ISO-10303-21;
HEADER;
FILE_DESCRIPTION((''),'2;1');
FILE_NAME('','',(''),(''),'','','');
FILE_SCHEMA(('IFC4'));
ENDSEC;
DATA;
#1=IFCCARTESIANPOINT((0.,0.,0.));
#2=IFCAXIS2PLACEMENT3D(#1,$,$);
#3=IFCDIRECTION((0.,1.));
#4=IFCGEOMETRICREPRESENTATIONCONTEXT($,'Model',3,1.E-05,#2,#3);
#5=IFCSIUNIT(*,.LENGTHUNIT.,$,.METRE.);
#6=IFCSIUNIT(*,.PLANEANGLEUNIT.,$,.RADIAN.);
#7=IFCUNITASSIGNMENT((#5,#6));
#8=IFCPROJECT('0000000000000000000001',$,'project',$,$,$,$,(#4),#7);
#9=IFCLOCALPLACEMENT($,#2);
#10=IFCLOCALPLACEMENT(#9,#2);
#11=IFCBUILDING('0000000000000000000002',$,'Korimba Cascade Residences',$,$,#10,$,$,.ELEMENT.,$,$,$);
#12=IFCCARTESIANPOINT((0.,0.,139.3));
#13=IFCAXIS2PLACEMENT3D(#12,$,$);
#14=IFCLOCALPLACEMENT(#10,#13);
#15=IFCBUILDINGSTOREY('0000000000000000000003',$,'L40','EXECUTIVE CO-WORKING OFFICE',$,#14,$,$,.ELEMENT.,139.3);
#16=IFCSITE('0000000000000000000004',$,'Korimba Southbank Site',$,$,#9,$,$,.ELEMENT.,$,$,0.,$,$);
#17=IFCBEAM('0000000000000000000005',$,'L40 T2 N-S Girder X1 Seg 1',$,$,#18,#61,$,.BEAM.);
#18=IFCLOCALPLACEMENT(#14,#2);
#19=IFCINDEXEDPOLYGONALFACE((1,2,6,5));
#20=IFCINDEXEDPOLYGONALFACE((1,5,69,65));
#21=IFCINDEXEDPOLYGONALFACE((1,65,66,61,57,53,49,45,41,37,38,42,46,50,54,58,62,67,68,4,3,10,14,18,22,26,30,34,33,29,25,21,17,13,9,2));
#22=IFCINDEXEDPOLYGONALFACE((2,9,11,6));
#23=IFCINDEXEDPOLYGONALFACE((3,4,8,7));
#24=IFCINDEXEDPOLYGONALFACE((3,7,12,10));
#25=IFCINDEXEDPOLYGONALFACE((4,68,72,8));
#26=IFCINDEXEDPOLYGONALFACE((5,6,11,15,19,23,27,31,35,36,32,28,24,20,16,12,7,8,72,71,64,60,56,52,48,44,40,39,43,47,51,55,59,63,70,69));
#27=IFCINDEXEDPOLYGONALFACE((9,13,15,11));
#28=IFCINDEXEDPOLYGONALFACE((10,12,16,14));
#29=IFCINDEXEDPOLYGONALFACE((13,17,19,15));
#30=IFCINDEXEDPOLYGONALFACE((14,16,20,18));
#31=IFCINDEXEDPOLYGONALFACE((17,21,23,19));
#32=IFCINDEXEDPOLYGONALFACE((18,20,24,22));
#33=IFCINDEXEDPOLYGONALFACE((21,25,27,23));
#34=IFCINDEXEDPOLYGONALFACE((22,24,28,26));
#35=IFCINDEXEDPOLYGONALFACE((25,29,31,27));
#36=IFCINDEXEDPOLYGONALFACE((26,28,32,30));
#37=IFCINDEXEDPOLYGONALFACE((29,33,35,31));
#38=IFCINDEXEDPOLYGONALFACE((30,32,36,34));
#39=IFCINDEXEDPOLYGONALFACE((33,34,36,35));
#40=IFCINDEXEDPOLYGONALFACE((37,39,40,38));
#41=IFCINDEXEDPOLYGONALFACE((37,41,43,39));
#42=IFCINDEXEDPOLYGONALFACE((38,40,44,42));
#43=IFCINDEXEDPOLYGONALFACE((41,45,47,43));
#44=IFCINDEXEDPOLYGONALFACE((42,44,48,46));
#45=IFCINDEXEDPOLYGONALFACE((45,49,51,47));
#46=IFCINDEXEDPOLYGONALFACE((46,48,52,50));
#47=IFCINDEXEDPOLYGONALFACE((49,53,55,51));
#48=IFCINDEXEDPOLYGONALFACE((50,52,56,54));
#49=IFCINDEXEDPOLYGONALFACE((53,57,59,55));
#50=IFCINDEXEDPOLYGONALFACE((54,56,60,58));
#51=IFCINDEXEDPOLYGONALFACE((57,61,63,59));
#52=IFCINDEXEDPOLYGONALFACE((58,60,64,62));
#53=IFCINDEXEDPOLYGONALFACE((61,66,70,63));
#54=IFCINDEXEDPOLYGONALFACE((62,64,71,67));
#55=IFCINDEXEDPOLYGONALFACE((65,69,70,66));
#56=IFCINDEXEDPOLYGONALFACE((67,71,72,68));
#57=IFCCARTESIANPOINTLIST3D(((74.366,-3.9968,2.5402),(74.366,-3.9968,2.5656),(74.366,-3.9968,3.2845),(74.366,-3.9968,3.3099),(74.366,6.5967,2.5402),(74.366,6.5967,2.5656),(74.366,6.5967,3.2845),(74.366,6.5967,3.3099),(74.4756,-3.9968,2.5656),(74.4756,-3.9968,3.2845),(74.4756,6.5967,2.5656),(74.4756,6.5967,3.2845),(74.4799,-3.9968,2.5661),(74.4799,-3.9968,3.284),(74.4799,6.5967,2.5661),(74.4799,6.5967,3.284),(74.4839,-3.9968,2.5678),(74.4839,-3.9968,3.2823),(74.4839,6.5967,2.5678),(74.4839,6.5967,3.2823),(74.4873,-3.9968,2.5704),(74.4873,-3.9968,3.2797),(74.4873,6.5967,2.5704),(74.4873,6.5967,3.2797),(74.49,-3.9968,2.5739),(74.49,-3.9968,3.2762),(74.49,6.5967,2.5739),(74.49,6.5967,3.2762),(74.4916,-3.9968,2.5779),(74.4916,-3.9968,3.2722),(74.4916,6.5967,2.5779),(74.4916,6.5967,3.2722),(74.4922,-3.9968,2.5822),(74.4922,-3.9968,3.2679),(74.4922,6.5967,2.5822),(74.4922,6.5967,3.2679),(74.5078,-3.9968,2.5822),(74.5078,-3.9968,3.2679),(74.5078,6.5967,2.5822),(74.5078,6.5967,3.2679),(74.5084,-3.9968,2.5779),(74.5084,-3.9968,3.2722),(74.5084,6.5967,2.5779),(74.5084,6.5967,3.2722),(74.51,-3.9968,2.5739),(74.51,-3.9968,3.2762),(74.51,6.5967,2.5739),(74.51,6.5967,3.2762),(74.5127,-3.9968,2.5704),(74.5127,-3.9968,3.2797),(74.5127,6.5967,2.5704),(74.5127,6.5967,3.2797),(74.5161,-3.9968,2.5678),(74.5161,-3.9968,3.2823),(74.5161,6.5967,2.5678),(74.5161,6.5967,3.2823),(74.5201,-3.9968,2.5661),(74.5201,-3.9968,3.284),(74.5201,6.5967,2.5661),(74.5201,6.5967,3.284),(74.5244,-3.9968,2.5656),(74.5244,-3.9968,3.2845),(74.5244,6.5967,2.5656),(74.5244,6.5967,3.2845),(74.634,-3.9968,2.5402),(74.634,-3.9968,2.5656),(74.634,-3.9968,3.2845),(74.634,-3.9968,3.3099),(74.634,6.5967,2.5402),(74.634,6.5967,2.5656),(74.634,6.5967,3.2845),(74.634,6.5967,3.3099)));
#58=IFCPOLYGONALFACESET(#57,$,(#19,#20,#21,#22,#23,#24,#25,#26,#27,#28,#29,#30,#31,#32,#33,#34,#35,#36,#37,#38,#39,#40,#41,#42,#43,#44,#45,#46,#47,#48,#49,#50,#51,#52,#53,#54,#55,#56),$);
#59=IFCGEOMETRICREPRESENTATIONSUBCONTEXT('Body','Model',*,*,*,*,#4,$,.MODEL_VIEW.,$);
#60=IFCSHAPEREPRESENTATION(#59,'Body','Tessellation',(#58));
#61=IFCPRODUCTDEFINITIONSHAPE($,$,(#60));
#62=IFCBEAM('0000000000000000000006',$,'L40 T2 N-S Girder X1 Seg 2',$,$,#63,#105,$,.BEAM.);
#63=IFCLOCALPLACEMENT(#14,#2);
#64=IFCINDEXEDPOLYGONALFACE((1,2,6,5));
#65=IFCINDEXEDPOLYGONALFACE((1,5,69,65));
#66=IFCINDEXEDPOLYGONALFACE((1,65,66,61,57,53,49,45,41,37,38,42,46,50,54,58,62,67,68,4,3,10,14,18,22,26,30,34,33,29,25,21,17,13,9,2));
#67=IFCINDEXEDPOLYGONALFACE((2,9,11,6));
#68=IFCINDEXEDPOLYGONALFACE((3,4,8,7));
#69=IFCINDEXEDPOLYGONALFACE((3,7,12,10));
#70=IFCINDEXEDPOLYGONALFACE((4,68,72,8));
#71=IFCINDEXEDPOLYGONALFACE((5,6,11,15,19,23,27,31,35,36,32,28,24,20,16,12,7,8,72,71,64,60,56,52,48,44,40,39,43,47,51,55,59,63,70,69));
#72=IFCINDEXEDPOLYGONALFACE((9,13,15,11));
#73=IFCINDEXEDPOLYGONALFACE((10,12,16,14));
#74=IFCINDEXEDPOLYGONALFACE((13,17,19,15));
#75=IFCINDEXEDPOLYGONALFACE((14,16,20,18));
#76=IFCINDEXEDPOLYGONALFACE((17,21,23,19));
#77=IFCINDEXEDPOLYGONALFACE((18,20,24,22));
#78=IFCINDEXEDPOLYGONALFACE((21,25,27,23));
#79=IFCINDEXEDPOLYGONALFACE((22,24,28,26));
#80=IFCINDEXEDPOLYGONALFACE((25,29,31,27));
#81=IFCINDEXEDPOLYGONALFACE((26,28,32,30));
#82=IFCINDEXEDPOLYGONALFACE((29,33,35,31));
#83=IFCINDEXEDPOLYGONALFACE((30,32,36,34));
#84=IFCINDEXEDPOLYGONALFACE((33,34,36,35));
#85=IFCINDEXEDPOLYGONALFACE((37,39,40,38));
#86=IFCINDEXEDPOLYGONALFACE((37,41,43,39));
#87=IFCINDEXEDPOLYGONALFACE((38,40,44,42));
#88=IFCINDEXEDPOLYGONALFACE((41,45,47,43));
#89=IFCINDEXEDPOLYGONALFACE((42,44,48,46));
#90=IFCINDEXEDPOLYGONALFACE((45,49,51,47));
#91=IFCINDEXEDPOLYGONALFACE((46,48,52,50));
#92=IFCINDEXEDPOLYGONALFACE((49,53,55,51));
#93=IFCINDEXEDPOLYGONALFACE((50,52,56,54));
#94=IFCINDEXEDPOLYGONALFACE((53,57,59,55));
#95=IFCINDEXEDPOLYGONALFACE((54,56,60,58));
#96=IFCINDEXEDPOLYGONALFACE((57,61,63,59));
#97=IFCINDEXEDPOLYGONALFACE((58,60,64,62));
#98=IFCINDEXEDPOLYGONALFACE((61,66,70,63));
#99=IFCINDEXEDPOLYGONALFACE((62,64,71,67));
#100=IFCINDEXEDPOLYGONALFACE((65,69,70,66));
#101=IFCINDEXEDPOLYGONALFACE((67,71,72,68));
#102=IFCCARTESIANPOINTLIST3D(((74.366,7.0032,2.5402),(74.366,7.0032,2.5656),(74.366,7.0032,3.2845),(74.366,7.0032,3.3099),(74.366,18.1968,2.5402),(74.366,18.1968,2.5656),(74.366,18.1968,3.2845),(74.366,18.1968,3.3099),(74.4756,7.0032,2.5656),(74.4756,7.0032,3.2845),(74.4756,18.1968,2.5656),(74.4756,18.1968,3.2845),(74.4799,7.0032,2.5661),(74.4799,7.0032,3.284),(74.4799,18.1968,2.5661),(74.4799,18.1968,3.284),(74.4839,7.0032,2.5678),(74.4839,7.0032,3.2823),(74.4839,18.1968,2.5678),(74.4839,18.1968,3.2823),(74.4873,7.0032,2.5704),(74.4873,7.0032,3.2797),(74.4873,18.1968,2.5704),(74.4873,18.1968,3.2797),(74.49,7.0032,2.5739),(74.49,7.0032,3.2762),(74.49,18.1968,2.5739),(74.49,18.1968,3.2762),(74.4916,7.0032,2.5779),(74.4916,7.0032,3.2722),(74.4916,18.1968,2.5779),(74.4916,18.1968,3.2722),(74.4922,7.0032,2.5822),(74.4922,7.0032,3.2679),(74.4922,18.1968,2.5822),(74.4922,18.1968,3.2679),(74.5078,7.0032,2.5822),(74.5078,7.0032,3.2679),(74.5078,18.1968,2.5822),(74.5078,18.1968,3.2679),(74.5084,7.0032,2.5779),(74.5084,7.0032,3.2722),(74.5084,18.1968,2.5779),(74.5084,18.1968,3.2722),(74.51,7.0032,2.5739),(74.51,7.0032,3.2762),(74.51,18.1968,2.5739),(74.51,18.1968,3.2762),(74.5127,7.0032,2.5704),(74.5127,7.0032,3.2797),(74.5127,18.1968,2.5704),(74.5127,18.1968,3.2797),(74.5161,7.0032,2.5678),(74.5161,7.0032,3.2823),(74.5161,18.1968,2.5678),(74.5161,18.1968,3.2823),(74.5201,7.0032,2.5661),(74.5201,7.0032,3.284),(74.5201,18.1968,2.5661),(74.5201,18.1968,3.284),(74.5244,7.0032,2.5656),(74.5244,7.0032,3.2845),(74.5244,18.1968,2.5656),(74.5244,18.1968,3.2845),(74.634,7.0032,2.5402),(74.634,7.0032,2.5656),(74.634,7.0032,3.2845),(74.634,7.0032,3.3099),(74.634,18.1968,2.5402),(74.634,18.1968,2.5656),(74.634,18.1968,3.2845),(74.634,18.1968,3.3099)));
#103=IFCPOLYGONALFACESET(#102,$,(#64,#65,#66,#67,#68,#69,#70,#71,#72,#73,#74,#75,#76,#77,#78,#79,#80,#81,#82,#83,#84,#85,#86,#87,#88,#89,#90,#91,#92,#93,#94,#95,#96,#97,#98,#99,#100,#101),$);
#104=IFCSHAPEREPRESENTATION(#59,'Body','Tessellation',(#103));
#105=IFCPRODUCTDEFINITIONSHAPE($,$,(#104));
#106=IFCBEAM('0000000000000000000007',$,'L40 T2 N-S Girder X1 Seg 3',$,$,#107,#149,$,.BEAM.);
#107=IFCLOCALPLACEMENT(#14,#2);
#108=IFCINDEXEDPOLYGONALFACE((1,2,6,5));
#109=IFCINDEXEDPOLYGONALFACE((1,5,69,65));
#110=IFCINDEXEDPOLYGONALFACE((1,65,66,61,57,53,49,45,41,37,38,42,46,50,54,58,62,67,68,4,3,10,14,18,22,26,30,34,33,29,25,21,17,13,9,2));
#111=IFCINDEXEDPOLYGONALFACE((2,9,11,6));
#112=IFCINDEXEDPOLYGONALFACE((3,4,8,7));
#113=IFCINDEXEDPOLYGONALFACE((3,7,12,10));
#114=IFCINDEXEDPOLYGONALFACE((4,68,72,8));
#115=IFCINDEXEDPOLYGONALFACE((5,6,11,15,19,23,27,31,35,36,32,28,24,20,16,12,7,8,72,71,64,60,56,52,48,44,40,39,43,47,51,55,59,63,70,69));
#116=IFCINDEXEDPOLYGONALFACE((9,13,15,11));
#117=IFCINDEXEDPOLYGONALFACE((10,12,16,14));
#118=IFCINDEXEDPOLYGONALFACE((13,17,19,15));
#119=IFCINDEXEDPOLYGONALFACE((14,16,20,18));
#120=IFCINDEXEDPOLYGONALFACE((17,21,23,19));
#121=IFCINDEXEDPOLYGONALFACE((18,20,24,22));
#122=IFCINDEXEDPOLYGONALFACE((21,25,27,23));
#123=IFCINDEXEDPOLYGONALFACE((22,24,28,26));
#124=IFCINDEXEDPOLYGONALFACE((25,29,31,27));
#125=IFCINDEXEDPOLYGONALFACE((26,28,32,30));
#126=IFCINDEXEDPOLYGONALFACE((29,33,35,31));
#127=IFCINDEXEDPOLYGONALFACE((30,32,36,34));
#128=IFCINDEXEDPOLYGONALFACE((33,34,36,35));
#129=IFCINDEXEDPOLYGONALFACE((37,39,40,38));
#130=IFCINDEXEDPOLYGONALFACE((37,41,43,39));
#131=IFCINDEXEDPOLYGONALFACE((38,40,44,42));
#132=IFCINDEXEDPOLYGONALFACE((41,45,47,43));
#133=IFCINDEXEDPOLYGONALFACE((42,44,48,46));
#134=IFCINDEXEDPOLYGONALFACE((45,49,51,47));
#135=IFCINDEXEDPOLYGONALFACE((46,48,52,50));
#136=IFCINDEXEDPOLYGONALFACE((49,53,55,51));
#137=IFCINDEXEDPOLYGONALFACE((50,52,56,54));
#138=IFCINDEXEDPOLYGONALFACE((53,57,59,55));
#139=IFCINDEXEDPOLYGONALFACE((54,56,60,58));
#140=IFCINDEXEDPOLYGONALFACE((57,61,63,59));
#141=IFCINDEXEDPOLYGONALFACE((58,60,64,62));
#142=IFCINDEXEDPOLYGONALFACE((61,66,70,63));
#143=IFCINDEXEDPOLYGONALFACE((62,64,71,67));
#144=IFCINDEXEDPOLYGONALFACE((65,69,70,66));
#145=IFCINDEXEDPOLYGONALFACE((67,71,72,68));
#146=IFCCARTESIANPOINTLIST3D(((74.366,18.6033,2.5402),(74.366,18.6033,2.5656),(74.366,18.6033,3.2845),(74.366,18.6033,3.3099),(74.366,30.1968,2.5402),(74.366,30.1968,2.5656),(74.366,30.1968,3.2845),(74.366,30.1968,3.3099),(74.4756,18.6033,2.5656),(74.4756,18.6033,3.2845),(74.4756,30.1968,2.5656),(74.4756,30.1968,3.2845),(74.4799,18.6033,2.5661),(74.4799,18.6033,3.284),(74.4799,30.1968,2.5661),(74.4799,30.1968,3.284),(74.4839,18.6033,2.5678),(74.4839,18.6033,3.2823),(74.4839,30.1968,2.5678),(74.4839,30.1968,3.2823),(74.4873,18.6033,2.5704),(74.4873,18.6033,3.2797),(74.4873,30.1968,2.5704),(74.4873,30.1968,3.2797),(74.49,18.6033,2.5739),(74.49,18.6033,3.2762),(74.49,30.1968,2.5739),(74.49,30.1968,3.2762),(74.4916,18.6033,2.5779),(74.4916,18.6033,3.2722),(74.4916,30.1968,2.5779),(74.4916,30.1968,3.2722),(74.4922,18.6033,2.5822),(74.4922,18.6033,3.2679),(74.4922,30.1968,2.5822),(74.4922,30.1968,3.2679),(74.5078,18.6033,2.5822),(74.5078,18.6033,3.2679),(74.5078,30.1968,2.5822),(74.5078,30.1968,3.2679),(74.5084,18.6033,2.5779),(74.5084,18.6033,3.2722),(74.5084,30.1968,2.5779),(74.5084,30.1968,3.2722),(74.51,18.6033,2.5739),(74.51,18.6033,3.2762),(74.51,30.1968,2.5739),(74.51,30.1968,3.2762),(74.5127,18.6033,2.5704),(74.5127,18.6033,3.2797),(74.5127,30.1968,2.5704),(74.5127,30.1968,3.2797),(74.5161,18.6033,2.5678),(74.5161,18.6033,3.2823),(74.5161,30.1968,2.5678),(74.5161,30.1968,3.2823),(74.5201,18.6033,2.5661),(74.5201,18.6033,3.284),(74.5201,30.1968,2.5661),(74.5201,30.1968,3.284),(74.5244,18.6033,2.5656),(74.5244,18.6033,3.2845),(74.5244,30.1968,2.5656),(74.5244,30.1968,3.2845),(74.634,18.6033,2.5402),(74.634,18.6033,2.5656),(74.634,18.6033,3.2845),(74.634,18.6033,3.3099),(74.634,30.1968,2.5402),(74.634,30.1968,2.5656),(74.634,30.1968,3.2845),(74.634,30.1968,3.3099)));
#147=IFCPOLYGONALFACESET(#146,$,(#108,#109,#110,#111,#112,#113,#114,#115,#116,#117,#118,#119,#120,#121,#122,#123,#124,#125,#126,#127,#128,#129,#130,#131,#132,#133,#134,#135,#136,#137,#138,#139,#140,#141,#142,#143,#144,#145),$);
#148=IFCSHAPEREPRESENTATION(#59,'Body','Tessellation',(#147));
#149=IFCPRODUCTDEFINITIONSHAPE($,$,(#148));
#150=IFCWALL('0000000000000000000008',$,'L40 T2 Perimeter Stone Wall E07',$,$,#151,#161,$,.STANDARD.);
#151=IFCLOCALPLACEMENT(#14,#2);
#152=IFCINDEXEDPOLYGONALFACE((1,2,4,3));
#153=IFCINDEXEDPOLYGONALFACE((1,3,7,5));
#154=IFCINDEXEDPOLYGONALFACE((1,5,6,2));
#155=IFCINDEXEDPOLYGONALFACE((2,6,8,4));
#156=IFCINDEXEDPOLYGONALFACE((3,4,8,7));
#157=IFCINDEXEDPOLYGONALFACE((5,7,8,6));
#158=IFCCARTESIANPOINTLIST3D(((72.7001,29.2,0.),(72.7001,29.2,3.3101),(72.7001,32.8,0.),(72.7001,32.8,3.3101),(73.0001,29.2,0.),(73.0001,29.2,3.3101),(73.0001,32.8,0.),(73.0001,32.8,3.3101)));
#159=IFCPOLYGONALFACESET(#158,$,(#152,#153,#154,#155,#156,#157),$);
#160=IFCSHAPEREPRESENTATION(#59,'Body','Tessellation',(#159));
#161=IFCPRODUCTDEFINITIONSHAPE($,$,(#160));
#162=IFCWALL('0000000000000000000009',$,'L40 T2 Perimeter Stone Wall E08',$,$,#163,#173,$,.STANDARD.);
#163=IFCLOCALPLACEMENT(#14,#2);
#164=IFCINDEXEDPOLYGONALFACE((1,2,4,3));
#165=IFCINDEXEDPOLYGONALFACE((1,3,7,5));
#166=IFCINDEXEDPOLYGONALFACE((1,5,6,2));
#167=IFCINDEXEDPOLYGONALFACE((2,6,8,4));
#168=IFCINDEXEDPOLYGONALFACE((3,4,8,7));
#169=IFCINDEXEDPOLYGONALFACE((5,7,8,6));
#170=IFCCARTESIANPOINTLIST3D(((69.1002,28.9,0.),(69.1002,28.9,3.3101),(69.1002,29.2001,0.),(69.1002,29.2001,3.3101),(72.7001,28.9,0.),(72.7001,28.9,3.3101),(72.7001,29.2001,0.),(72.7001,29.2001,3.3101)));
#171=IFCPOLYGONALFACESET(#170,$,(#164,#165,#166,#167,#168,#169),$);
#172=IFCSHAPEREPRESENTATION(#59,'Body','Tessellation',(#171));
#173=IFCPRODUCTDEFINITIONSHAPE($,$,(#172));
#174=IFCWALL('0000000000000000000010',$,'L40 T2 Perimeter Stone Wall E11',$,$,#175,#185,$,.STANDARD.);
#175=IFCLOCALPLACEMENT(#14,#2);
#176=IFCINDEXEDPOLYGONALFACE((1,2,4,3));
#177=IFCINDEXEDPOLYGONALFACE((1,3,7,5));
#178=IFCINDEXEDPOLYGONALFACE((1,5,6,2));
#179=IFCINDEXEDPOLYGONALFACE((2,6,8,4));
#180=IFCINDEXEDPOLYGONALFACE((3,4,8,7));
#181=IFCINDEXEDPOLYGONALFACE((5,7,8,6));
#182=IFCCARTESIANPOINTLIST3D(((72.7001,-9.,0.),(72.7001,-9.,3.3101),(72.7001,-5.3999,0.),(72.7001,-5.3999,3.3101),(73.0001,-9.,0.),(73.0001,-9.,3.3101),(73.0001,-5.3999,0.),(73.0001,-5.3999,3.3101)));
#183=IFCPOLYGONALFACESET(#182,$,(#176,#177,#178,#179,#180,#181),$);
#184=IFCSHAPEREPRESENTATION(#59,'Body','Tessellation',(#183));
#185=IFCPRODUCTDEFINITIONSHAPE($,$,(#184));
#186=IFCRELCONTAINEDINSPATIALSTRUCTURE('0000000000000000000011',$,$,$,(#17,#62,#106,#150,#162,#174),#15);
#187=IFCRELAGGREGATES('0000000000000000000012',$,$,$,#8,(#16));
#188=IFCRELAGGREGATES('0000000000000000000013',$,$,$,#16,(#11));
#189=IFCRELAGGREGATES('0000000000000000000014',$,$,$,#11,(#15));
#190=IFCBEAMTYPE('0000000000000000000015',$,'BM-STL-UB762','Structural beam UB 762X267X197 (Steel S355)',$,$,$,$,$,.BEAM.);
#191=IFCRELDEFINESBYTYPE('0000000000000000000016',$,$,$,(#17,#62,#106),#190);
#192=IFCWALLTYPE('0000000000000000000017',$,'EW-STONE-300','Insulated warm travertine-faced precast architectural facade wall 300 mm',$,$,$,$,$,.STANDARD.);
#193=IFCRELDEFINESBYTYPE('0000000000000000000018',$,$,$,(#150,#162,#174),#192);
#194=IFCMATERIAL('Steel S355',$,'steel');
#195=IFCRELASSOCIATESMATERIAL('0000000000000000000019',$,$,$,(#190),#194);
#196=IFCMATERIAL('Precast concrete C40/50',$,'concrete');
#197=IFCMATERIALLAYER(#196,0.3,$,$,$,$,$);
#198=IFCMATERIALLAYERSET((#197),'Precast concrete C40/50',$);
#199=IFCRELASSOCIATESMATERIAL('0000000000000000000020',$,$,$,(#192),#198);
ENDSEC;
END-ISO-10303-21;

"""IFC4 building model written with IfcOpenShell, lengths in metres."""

from ifc_helpers import new_model, si_unit, direction, frame, frame_2d, origin, origin_2d, place, context, subcontext, project, spatial, rectangle, i_section, extrude, material, layer, layer_set, material_profile, profile_set, type_object, element, save


model = new_model("IFC4")

# Units and contexts
model_context = context("Model", 3, precision=1e-05, world=origin(), true_north=direction((0.0, 1.0)))
body_context = subcontext(model_context, "Body", "Model", "MODEL_VIEW")
ifc_project = project(units=[si_unit("LENGTHUNIT", "METRE"), si_unit("PLANEANGLEUNIT", "RADIAN")], contexts=[model_context])

# Site, building, storey
site_placement = place(None, origin())
site = spatial("IfcSite", under=ifc_project, at=site_placement, Name="Korimba Southbank Site", CompositionType="ELEMENT", RefElevation=0.0)
building_placement = place(site_placement, origin())
building = spatial("IfcBuilding", under=site, at=building_placement, Name="Korimba Cascade Residences", CompositionType="ELEMENT")
storey_placement = place(building_placement, frame((0.0, 0.0, 139.3)))
storey = spatial("IfcBuildingStorey", under=building, at=storey_placement, Name="L40", Description="EXECUTIVE CO-WORKING OFFICE", CompositionType="ELEMENT", Elevation=139.3)

# Beams
ifc_material_1 = material(Name="Steel S355", Category="steel")
ifc_material_profile_1 = material_profile(ifc_material_1, i_section(OverallWidth=0.2681, OverallDepth=0.7698, WebThickness=0.0156, FlangeThickness=0.0254, FilletRadius=0.0166, at=origin_2d()), Name="Steel S355")
ifc_profile_set_1 = profile_set([ifc_material_profile_1], Name="Steel S355")
beam_type = type_object("IfcBeamType", Name="BM-STL-UB762", Description="Structural beam UB 762X267X197 (Steel S355)", PredefinedType="BEAM", material=ifc_profile_set_1)
beam_1_placement = place(storey_placement, frame((74.5, -3.9968, 2.925), z_axis=(0.0, 1.0, 0.0), x_axis=(-1.0, 0.0, 0.0)))
element("IfcBeam", 1, at=beam_1_placement, inside=storey, type_object=beam_type, Name="L40 T2 N-S Girder X1 Seg 1", PredefinedType="BEAM", context=body_context, shape_type="SweptSolid", body=[
    extrude(i_section(OverallWidth=0.2681, OverallDepth=0.7698, WebThickness=0.0156, FlangeThickness=0.0254, FilletRadius=0.0166, at=origin_2d()), origin(), (0.0, 0.0, 1.0), 10.5935),
])
beam_2_placement = place(storey_placement, frame((74.5, 7.0032, 2.925), z_axis=(0.0, 1.0, 0.0), x_axis=(-1.0, 0.0, 0.0)))
element("IfcBeam", 2, at=beam_2_placement, inside=storey, type_object=beam_type, Name="L40 T2 N-S Girder X1 Seg 2", PredefinedType="BEAM", context=body_context, shape_type="SweptSolid", body=[
    extrude(i_section(OverallWidth=0.2681, OverallDepth=0.7698, WebThickness=0.0156, FlangeThickness=0.0254, FilletRadius=0.0166, at=origin_2d()), origin(), (0.0, 0.0, 1.0), 11.1936),
])
beam_3_placement = place(storey_placement, frame((74.5, 18.6033, 2.925), z_axis=(0.0, 1.0, 0.0), x_axis=(-1.0, 0.0, 0.0)))
element("IfcBeam", 3, at=beam_3_placement, inside=storey, type_object=beam_type, Name="L40 T2 N-S Girder X1 Seg 3", PredefinedType="BEAM", context=body_context, shape_type="SweptSolid", body=[
    extrude(i_section(OverallWidth=0.2681, OverallDepth=0.7698, WebThickness=0.0156, FlangeThickness=0.0254, FilletRadius=0.0166, at=origin_2d()), origin(), (0.0, 0.0, 1.0), 11.5935),
])

# Walls
ifc_material_2 = material(Name="Precast concrete C40/50", Category="concrete")
ifc_layer_1 = layer(ifc_material_2, 0.3)
ifc_layer_set_1 = layer_set([ifc_layer_1], Name="Precast concrete C40/50")
wall_type_1 = type_object("IfcWallType", Name="EW-STONE-300", Description="Insulated warm travertine-faced precast architectural facade wall 300 mm", PredefinedType="STANDARD", material=ifc_layer_set_1)
wall_1_placement = place(storey_placement, frame((72.8501, 32.8, 0.0), z_axis=(0.0, 0.0, 1.0), x_axis=(0.0, -1.0, 0.0)))
element("IfcWall", 4, at=wall_1_placement, inside=storey, type_object=wall_type_1, Name="L40 T2 Perimeter Stone Wall E07", PredefinedType="STANDARD", context=body_context, shape_type="SweptSolid", body=[
    extrude(rectangle(XDim=3.6001, YDim=0.3, at=frame_2d((1.8, 0.0))), origin(), (0.0, 0.0, 1.0), 3.3101),
])
wall_2_placement = place(storey_placement, frame((72.7, 29.05, 0.0), z_axis=(0.0, 0.0, 1.0), x_axis=(-1.0, 0.0, 0.0)))
element("IfcWall", 5, at=wall_2_placement, inside=storey, type_object=wall_type_1, Name="L40 T2 Perimeter Stone Wall E08", PredefinedType="STANDARD", context=body_context, shape_type="SweptSolid", body=[
    extrude(rectangle(XDim=3.5999, YDim=0.3, at=frame_2d((1.7998, 0.0))), origin(), (0.0, 0.0, 1.0), 3.3101),
])
wall_3_placement = place(storey_placement, frame((72.8501, -5.3999, 0.0), z_axis=(0.0, 0.0, 1.0), x_axis=(0.0, -1.0, 0.0)))
element("IfcWall", 6, at=wall_3_placement, inside=storey, type_object=wall_type_1, Name="L40 T2 Perimeter Stone Wall E11", PredefinedType="STANDARD", context=body_context, shape_type="SweptSolid", body=[
    extrude(rectangle(XDim=3.6001, YDim=0.3, at=frame_2d((1.8, 0.0))), origin(), (0.0, 0.0, 1.0), 3.3101),
])

save(model, "model.ifc")
